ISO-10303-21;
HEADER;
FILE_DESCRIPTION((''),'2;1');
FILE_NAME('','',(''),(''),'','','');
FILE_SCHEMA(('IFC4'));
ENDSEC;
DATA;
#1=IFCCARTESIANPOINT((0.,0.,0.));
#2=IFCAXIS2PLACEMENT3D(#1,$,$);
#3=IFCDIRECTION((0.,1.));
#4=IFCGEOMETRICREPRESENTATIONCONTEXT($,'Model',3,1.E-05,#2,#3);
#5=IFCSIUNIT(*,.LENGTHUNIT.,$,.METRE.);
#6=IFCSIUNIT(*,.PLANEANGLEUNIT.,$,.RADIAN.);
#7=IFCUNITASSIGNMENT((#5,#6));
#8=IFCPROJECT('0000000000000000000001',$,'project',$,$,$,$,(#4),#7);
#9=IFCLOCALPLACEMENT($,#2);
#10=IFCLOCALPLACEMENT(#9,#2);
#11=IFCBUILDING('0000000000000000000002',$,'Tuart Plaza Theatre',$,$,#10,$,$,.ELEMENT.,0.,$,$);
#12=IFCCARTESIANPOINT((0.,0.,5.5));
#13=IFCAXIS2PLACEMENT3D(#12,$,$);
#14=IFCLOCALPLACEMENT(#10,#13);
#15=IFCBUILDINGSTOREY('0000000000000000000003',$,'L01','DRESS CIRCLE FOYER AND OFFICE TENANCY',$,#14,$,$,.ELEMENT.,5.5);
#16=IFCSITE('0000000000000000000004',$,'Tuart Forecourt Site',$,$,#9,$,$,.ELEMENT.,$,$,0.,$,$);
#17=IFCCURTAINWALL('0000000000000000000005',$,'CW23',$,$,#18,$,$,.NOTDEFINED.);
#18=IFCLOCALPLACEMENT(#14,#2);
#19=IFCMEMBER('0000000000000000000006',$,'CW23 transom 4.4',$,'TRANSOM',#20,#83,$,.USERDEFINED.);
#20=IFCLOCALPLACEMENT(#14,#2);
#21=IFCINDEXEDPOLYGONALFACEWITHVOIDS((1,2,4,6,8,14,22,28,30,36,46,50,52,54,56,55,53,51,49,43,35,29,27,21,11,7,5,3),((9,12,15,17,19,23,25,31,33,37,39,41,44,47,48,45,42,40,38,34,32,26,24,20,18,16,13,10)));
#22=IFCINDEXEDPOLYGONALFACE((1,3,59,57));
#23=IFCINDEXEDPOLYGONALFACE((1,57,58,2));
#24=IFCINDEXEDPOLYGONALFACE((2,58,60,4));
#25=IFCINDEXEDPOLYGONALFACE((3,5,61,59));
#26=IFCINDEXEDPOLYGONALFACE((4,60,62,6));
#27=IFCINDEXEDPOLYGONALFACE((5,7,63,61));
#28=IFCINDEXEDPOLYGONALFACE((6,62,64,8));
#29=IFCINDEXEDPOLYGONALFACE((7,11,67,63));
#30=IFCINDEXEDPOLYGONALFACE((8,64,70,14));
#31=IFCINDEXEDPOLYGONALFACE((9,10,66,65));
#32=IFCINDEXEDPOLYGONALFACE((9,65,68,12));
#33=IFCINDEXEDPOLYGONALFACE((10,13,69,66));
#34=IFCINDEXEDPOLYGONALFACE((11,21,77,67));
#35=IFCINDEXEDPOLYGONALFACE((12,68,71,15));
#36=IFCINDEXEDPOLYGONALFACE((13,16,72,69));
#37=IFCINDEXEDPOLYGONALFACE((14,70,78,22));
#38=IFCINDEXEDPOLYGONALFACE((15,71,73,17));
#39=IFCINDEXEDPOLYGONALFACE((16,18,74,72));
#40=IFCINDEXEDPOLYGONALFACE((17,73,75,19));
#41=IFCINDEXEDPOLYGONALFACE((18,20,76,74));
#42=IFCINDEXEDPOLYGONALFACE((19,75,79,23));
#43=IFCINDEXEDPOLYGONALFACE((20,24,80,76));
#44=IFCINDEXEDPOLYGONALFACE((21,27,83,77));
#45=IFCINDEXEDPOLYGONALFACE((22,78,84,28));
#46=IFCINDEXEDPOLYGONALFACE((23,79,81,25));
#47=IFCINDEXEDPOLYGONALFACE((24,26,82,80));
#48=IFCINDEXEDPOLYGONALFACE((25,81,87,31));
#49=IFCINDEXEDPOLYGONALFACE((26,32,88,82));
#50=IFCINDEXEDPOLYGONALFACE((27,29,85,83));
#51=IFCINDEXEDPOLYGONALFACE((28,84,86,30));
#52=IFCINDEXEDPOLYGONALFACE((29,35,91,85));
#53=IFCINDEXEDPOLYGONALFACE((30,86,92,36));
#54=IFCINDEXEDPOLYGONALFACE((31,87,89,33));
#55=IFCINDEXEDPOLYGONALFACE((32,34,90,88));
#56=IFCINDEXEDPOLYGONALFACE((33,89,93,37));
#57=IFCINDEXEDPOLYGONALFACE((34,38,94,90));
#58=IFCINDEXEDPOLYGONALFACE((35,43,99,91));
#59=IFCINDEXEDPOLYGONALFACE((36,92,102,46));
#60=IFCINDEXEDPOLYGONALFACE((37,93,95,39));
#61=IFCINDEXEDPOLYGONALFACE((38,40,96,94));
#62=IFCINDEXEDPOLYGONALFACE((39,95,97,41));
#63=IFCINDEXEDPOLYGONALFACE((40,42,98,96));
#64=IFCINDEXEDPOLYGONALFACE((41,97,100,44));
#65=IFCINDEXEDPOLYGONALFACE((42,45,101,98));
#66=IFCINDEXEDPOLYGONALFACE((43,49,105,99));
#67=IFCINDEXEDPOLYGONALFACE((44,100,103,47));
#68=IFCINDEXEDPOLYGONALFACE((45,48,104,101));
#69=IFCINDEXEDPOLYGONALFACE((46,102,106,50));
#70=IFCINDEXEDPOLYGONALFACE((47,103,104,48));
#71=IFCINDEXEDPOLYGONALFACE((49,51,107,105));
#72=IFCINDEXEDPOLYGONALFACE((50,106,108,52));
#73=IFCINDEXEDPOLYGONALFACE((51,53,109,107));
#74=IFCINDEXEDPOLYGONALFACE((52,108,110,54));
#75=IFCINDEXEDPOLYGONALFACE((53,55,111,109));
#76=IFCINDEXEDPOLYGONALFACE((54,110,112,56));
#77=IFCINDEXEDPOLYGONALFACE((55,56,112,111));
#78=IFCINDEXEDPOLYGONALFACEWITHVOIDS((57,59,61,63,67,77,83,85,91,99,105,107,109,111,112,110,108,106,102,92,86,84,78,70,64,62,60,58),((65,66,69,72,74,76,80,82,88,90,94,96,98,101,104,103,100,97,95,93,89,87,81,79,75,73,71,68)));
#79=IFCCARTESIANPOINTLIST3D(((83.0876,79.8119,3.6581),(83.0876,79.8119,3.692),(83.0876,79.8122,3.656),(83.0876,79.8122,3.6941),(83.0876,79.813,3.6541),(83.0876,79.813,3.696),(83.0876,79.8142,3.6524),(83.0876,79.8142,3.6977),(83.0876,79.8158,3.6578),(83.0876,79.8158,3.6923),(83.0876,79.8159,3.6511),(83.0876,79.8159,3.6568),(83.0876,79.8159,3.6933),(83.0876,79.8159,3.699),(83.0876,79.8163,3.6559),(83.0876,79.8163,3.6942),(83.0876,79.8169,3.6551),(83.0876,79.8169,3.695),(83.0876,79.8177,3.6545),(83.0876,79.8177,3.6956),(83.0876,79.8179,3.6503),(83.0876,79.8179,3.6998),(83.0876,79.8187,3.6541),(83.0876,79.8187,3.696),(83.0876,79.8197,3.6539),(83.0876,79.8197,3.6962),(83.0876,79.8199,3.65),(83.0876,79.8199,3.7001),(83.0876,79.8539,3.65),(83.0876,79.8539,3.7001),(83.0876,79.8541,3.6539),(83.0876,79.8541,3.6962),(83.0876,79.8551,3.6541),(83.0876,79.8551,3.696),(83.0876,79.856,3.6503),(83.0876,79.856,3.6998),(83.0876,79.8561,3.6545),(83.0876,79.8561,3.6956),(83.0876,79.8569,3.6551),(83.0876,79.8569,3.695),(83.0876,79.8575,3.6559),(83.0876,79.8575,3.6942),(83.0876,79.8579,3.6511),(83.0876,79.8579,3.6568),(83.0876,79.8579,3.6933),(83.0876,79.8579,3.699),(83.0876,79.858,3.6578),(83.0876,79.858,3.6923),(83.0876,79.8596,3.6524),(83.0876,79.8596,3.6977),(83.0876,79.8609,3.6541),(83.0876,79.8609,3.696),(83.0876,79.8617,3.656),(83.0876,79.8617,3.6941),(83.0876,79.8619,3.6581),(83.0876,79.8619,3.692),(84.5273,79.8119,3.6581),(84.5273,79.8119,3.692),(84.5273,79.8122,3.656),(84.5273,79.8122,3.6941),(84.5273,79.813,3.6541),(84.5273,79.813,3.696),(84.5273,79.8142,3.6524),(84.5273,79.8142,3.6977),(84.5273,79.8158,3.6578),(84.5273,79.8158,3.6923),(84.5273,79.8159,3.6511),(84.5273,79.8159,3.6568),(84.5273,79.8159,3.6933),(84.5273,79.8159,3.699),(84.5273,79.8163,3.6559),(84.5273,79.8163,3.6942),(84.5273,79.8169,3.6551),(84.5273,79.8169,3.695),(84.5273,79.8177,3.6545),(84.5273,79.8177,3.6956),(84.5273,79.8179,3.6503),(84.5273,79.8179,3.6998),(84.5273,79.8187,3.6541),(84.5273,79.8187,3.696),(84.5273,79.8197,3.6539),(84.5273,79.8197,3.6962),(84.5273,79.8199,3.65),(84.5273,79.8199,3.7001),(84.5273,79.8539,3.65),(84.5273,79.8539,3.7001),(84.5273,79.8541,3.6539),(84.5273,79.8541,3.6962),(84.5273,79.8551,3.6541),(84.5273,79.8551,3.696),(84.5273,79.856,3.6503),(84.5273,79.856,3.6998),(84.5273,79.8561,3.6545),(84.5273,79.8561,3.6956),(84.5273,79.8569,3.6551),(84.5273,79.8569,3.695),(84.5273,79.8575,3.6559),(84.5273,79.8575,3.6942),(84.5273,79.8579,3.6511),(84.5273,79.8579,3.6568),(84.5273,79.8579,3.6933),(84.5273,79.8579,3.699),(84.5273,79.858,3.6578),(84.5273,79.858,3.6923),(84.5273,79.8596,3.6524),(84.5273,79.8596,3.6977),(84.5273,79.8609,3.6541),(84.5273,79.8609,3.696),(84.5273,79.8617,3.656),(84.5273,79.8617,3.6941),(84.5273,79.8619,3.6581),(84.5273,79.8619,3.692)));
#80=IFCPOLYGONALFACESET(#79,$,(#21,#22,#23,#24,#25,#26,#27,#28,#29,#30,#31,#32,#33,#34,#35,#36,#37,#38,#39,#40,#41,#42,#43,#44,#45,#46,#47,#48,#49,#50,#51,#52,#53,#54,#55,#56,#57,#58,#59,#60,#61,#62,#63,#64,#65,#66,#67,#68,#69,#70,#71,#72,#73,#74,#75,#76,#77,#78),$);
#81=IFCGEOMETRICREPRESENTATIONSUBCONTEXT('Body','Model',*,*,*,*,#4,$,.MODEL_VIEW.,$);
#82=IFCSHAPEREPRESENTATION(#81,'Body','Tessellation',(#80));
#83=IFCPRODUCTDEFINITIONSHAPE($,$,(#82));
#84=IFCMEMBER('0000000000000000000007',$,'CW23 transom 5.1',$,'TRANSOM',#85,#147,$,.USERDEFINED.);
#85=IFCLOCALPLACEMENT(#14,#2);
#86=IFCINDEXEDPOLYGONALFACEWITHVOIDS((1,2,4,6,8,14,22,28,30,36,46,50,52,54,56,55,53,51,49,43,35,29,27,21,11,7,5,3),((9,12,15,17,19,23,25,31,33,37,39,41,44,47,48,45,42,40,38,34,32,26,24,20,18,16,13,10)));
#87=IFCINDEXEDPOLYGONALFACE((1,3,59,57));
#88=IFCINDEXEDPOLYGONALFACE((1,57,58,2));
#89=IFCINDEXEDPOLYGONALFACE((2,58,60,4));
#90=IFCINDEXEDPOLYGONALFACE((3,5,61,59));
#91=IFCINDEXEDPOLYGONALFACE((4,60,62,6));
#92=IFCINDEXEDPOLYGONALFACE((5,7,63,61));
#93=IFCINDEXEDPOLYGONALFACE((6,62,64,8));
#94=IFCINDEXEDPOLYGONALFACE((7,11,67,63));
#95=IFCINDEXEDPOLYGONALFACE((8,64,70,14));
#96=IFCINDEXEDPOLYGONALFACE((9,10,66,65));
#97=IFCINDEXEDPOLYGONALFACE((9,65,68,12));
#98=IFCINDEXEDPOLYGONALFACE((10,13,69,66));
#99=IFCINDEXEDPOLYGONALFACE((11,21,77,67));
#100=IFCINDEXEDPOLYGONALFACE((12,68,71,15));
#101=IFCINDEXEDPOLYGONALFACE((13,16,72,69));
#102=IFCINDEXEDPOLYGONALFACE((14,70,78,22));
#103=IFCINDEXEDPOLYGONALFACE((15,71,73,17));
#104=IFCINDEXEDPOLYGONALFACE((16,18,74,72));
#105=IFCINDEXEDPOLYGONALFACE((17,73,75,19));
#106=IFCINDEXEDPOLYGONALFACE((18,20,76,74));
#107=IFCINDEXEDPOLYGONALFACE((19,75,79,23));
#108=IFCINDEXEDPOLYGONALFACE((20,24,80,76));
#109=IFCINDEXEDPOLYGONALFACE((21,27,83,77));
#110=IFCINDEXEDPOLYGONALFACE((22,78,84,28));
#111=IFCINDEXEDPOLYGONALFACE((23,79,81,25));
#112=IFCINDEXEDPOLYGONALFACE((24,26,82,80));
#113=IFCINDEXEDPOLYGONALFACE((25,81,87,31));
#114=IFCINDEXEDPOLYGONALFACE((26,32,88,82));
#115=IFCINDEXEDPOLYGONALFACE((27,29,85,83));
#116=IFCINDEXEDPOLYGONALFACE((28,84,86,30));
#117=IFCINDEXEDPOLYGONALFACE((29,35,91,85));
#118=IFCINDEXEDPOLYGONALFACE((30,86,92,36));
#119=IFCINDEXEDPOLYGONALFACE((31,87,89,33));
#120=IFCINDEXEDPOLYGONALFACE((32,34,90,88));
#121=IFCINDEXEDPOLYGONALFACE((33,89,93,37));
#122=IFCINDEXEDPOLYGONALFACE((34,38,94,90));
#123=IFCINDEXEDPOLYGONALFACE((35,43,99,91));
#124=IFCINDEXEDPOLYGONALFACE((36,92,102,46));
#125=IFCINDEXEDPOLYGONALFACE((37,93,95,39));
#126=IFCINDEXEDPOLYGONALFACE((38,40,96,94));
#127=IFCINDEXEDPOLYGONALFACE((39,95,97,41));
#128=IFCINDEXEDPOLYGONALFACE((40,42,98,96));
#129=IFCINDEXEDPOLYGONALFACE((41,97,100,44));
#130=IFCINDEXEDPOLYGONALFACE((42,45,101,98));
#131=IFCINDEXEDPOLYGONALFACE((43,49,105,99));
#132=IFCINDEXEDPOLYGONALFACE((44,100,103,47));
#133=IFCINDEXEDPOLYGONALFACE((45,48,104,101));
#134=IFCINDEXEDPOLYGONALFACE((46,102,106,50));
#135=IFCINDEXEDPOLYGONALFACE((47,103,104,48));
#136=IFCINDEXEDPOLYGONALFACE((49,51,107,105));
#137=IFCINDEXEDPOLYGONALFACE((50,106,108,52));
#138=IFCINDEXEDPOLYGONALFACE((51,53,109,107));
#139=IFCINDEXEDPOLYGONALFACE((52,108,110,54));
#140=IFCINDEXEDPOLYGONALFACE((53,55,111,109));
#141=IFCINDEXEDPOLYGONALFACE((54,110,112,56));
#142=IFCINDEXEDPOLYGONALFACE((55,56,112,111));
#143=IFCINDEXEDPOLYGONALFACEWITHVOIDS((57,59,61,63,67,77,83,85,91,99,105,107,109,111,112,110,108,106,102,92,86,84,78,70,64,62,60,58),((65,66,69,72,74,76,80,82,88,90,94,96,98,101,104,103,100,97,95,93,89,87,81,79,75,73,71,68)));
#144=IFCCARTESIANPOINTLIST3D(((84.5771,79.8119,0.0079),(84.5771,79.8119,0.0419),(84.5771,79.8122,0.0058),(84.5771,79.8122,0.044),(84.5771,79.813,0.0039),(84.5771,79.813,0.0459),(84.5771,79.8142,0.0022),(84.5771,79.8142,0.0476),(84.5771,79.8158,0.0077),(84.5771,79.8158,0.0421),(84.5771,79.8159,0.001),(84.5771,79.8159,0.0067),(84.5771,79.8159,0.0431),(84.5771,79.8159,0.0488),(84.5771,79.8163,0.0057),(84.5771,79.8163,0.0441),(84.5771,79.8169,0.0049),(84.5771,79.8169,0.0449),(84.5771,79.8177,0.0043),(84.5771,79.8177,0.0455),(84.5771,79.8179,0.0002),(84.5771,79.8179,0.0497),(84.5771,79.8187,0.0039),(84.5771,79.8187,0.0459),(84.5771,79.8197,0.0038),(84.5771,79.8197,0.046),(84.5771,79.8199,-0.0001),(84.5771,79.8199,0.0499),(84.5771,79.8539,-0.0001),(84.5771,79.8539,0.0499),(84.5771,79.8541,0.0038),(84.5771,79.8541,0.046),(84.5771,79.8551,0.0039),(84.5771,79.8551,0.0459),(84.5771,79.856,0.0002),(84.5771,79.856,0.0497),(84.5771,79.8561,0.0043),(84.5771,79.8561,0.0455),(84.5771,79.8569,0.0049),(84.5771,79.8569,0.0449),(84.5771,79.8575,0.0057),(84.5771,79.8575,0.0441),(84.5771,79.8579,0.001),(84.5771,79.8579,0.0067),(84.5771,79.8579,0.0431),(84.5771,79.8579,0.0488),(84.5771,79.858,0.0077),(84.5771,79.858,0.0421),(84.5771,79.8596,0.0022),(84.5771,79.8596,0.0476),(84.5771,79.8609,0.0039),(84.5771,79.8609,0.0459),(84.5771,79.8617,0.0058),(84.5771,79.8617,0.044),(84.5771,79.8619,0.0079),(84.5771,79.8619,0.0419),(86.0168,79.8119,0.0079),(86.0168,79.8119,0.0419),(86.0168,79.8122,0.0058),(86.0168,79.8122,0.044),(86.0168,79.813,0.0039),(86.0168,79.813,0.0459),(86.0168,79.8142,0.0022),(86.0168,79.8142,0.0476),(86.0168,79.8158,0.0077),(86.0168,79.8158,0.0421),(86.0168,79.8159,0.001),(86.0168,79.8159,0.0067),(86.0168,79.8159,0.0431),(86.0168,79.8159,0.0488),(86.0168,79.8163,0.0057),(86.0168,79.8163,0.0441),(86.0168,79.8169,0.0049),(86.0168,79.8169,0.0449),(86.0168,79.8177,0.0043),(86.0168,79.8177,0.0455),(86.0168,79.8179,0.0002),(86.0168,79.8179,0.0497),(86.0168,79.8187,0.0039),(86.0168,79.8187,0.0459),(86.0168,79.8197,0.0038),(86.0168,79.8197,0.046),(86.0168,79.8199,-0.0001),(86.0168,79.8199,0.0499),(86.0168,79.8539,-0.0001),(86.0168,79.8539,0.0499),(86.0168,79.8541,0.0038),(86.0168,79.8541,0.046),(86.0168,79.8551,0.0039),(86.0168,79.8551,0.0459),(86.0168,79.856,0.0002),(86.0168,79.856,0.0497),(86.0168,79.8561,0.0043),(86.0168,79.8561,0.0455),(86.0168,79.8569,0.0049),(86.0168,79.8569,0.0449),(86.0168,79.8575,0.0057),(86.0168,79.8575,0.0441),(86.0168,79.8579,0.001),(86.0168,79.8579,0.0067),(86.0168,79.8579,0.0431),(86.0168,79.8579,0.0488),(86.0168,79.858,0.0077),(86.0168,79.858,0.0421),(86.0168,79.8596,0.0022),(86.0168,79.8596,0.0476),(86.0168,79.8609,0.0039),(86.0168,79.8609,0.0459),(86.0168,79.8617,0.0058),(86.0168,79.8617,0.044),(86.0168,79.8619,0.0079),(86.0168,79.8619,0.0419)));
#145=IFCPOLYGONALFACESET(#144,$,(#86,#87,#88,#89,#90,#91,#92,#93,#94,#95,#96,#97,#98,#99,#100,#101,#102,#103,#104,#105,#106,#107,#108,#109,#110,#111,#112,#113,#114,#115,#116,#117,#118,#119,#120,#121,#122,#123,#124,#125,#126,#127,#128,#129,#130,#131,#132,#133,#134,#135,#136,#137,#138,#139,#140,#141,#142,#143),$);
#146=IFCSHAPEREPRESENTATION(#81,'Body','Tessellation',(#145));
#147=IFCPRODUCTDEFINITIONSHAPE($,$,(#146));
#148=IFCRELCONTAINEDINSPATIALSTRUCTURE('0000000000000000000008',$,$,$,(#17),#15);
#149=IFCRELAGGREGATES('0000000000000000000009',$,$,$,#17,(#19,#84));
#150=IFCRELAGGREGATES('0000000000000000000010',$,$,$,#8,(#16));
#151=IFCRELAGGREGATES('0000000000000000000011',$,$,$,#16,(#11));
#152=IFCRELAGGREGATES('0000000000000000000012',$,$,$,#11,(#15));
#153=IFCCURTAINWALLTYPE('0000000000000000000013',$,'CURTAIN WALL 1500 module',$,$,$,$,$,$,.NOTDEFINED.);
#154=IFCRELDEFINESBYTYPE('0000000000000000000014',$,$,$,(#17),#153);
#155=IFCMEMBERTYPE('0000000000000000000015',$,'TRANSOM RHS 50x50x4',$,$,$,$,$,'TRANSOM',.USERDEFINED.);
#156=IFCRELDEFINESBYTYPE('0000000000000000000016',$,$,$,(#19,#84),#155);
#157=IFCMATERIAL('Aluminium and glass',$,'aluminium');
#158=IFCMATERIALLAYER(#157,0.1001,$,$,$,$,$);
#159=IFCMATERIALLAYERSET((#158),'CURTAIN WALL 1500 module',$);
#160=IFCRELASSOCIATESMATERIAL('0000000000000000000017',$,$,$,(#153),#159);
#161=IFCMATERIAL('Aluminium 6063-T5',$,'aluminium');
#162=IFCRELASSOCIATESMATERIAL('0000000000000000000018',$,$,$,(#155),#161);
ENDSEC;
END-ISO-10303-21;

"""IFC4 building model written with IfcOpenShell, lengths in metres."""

from ifc_helpers import new_model, si_unit, direction, frame, origin, origin_2d, place, context, subcontext, project, spatial, hollow_rectangle, extrude, material, layer, layer_set, material_profile, profile_set, type_object, element, aggregate, save


model = new_model("IFC4")

# Units and contexts
model_context = context("Model", 3, precision=1e-05, world=origin(), true_north=direction((0.0, 1.0)))
body_context = subcontext(model_context, "Body", "Model", "MODEL_VIEW")
ifc_project = project(units=[si_unit("LENGTHUNIT", "METRE"), si_unit("PLANEANGLEUNIT", "RADIAN")], contexts=[model_context])

# Site, building, storey
site_placement = place(None, origin())
site = spatial("IfcSite", under=ifc_project, at=site_placement, Name="Tuart Forecourt Site", CompositionType="ELEMENT", RefElevation=0.0)
building_placement = place(site_placement, origin())
building = spatial("IfcBuilding", under=site, at=building_placement, Name="Tuart Plaza Theatre", CompositionType="ELEMENT", ElevationOfRefHeight=0.0)
storey_placement = place(building_placement, frame((0.0, 0.0, 5.5)))
storey = spatial("IfcBuildingStorey", under=building, at=storey_placement, Name="L01", Description="DRESS CIRCLE FOYER AND OFFICE TENANCY", CompositionType="ELEMENT", Elevation=5.5)

# Curtain wall, members
ifc_material_1 = material(Name="Aluminium and glass", Category="aluminium")
ifc_layer_1 = layer(ifc_material_1, 0.1001)
ifc_layer_set_1 = layer_set([ifc_layer_1], Name="CURTAIN WALL 1500 module")
curtain_wall_type = type_object("IfcCurtainWallType", Name="CURTAIN WALL 1500 module", PredefinedType="NOTDEFINED", material=ifc_layer_set_1)
curtain_wall_placement = place(storey_placement, origin())
curtain_wall = element("IfcCurtainWall", 1, at=curtain_wall_placement, inside=storey, type_object=curtain_wall_type, Name="CW23", PredefinedType="NOTDEFINED")
ifc_material_2 = material(Name="Aluminium 6063-T5", Category="aluminium")
ifc_material_profile_1 = material_profile(ifc_material_2, hollow_rectangle(XDim=0.05, YDim=0.05, WallThickness=0.0039, InnerFilletRadius=0.0039, OuterFilletRadius=0.0081, at=origin_2d()), Name="RHS 50x50x4")
ifc_profile_set_1 = profile_set([ifc_material_profile_1], Name="Aluminium 6063-T5")
member_type_1 = type_object("IfcMemberType", Name="TRANSOM RHS 50x50x4", ElementType="TRANSOM", PredefinedType="USERDEFINED", material=ifc_profile_set_1)
member_1_placement = place(storey_placement, frame((83.0876, 79.8369, 3.675), z_axis=(1.0, 0.0, 0.0), x_axis=(0.0, 1.0, 0.0)))
member_1 = element("IfcMember", 2, at=member_1_placement, type_object=member_type_1, Name="CW23 transom 4.4", ObjectType="TRANSOM", PredefinedType="USERDEFINED", context=body_context, shape_type="SweptSolid", body=[
    extrude(hollow_rectangle(XDim=0.05, YDim=0.05, WallThickness=0.0039, InnerFilletRadius=0.0039, OuterFilletRadius=0.0081, at=origin_2d()), origin(), (0.0, 0.0, 1.0), 1.4397),
])
member_2_placement = place(storey_placement, frame((84.5771, 79.8369, 0.0249), z_axis=(1.0, 0.0, 0.0), x_axis=(0.0, 1.0, 0.0)))
member_2 = element("IfcMember", 3, at=member_2_placement, type_object=member_type_1, Name="CW23 transom 5.1", ObjectType="TRANSOM", PredefinedType="USERDEFINED", context=body_context, shape_type="SweptSolid", body=[
    extrude(hollow_rectangle(XDim=0.05, YDim=0.05, WallThickness=0.0039, InnerFilletRadius=0.0039, OuterFilletRadius=0.0081, at=origin_2d()), origin(), (0.0, 0.0, 1.0), 1.4397),
])
aggregate(curtain_wall, [member_1, member_2])

save(model, "model.ifc")
